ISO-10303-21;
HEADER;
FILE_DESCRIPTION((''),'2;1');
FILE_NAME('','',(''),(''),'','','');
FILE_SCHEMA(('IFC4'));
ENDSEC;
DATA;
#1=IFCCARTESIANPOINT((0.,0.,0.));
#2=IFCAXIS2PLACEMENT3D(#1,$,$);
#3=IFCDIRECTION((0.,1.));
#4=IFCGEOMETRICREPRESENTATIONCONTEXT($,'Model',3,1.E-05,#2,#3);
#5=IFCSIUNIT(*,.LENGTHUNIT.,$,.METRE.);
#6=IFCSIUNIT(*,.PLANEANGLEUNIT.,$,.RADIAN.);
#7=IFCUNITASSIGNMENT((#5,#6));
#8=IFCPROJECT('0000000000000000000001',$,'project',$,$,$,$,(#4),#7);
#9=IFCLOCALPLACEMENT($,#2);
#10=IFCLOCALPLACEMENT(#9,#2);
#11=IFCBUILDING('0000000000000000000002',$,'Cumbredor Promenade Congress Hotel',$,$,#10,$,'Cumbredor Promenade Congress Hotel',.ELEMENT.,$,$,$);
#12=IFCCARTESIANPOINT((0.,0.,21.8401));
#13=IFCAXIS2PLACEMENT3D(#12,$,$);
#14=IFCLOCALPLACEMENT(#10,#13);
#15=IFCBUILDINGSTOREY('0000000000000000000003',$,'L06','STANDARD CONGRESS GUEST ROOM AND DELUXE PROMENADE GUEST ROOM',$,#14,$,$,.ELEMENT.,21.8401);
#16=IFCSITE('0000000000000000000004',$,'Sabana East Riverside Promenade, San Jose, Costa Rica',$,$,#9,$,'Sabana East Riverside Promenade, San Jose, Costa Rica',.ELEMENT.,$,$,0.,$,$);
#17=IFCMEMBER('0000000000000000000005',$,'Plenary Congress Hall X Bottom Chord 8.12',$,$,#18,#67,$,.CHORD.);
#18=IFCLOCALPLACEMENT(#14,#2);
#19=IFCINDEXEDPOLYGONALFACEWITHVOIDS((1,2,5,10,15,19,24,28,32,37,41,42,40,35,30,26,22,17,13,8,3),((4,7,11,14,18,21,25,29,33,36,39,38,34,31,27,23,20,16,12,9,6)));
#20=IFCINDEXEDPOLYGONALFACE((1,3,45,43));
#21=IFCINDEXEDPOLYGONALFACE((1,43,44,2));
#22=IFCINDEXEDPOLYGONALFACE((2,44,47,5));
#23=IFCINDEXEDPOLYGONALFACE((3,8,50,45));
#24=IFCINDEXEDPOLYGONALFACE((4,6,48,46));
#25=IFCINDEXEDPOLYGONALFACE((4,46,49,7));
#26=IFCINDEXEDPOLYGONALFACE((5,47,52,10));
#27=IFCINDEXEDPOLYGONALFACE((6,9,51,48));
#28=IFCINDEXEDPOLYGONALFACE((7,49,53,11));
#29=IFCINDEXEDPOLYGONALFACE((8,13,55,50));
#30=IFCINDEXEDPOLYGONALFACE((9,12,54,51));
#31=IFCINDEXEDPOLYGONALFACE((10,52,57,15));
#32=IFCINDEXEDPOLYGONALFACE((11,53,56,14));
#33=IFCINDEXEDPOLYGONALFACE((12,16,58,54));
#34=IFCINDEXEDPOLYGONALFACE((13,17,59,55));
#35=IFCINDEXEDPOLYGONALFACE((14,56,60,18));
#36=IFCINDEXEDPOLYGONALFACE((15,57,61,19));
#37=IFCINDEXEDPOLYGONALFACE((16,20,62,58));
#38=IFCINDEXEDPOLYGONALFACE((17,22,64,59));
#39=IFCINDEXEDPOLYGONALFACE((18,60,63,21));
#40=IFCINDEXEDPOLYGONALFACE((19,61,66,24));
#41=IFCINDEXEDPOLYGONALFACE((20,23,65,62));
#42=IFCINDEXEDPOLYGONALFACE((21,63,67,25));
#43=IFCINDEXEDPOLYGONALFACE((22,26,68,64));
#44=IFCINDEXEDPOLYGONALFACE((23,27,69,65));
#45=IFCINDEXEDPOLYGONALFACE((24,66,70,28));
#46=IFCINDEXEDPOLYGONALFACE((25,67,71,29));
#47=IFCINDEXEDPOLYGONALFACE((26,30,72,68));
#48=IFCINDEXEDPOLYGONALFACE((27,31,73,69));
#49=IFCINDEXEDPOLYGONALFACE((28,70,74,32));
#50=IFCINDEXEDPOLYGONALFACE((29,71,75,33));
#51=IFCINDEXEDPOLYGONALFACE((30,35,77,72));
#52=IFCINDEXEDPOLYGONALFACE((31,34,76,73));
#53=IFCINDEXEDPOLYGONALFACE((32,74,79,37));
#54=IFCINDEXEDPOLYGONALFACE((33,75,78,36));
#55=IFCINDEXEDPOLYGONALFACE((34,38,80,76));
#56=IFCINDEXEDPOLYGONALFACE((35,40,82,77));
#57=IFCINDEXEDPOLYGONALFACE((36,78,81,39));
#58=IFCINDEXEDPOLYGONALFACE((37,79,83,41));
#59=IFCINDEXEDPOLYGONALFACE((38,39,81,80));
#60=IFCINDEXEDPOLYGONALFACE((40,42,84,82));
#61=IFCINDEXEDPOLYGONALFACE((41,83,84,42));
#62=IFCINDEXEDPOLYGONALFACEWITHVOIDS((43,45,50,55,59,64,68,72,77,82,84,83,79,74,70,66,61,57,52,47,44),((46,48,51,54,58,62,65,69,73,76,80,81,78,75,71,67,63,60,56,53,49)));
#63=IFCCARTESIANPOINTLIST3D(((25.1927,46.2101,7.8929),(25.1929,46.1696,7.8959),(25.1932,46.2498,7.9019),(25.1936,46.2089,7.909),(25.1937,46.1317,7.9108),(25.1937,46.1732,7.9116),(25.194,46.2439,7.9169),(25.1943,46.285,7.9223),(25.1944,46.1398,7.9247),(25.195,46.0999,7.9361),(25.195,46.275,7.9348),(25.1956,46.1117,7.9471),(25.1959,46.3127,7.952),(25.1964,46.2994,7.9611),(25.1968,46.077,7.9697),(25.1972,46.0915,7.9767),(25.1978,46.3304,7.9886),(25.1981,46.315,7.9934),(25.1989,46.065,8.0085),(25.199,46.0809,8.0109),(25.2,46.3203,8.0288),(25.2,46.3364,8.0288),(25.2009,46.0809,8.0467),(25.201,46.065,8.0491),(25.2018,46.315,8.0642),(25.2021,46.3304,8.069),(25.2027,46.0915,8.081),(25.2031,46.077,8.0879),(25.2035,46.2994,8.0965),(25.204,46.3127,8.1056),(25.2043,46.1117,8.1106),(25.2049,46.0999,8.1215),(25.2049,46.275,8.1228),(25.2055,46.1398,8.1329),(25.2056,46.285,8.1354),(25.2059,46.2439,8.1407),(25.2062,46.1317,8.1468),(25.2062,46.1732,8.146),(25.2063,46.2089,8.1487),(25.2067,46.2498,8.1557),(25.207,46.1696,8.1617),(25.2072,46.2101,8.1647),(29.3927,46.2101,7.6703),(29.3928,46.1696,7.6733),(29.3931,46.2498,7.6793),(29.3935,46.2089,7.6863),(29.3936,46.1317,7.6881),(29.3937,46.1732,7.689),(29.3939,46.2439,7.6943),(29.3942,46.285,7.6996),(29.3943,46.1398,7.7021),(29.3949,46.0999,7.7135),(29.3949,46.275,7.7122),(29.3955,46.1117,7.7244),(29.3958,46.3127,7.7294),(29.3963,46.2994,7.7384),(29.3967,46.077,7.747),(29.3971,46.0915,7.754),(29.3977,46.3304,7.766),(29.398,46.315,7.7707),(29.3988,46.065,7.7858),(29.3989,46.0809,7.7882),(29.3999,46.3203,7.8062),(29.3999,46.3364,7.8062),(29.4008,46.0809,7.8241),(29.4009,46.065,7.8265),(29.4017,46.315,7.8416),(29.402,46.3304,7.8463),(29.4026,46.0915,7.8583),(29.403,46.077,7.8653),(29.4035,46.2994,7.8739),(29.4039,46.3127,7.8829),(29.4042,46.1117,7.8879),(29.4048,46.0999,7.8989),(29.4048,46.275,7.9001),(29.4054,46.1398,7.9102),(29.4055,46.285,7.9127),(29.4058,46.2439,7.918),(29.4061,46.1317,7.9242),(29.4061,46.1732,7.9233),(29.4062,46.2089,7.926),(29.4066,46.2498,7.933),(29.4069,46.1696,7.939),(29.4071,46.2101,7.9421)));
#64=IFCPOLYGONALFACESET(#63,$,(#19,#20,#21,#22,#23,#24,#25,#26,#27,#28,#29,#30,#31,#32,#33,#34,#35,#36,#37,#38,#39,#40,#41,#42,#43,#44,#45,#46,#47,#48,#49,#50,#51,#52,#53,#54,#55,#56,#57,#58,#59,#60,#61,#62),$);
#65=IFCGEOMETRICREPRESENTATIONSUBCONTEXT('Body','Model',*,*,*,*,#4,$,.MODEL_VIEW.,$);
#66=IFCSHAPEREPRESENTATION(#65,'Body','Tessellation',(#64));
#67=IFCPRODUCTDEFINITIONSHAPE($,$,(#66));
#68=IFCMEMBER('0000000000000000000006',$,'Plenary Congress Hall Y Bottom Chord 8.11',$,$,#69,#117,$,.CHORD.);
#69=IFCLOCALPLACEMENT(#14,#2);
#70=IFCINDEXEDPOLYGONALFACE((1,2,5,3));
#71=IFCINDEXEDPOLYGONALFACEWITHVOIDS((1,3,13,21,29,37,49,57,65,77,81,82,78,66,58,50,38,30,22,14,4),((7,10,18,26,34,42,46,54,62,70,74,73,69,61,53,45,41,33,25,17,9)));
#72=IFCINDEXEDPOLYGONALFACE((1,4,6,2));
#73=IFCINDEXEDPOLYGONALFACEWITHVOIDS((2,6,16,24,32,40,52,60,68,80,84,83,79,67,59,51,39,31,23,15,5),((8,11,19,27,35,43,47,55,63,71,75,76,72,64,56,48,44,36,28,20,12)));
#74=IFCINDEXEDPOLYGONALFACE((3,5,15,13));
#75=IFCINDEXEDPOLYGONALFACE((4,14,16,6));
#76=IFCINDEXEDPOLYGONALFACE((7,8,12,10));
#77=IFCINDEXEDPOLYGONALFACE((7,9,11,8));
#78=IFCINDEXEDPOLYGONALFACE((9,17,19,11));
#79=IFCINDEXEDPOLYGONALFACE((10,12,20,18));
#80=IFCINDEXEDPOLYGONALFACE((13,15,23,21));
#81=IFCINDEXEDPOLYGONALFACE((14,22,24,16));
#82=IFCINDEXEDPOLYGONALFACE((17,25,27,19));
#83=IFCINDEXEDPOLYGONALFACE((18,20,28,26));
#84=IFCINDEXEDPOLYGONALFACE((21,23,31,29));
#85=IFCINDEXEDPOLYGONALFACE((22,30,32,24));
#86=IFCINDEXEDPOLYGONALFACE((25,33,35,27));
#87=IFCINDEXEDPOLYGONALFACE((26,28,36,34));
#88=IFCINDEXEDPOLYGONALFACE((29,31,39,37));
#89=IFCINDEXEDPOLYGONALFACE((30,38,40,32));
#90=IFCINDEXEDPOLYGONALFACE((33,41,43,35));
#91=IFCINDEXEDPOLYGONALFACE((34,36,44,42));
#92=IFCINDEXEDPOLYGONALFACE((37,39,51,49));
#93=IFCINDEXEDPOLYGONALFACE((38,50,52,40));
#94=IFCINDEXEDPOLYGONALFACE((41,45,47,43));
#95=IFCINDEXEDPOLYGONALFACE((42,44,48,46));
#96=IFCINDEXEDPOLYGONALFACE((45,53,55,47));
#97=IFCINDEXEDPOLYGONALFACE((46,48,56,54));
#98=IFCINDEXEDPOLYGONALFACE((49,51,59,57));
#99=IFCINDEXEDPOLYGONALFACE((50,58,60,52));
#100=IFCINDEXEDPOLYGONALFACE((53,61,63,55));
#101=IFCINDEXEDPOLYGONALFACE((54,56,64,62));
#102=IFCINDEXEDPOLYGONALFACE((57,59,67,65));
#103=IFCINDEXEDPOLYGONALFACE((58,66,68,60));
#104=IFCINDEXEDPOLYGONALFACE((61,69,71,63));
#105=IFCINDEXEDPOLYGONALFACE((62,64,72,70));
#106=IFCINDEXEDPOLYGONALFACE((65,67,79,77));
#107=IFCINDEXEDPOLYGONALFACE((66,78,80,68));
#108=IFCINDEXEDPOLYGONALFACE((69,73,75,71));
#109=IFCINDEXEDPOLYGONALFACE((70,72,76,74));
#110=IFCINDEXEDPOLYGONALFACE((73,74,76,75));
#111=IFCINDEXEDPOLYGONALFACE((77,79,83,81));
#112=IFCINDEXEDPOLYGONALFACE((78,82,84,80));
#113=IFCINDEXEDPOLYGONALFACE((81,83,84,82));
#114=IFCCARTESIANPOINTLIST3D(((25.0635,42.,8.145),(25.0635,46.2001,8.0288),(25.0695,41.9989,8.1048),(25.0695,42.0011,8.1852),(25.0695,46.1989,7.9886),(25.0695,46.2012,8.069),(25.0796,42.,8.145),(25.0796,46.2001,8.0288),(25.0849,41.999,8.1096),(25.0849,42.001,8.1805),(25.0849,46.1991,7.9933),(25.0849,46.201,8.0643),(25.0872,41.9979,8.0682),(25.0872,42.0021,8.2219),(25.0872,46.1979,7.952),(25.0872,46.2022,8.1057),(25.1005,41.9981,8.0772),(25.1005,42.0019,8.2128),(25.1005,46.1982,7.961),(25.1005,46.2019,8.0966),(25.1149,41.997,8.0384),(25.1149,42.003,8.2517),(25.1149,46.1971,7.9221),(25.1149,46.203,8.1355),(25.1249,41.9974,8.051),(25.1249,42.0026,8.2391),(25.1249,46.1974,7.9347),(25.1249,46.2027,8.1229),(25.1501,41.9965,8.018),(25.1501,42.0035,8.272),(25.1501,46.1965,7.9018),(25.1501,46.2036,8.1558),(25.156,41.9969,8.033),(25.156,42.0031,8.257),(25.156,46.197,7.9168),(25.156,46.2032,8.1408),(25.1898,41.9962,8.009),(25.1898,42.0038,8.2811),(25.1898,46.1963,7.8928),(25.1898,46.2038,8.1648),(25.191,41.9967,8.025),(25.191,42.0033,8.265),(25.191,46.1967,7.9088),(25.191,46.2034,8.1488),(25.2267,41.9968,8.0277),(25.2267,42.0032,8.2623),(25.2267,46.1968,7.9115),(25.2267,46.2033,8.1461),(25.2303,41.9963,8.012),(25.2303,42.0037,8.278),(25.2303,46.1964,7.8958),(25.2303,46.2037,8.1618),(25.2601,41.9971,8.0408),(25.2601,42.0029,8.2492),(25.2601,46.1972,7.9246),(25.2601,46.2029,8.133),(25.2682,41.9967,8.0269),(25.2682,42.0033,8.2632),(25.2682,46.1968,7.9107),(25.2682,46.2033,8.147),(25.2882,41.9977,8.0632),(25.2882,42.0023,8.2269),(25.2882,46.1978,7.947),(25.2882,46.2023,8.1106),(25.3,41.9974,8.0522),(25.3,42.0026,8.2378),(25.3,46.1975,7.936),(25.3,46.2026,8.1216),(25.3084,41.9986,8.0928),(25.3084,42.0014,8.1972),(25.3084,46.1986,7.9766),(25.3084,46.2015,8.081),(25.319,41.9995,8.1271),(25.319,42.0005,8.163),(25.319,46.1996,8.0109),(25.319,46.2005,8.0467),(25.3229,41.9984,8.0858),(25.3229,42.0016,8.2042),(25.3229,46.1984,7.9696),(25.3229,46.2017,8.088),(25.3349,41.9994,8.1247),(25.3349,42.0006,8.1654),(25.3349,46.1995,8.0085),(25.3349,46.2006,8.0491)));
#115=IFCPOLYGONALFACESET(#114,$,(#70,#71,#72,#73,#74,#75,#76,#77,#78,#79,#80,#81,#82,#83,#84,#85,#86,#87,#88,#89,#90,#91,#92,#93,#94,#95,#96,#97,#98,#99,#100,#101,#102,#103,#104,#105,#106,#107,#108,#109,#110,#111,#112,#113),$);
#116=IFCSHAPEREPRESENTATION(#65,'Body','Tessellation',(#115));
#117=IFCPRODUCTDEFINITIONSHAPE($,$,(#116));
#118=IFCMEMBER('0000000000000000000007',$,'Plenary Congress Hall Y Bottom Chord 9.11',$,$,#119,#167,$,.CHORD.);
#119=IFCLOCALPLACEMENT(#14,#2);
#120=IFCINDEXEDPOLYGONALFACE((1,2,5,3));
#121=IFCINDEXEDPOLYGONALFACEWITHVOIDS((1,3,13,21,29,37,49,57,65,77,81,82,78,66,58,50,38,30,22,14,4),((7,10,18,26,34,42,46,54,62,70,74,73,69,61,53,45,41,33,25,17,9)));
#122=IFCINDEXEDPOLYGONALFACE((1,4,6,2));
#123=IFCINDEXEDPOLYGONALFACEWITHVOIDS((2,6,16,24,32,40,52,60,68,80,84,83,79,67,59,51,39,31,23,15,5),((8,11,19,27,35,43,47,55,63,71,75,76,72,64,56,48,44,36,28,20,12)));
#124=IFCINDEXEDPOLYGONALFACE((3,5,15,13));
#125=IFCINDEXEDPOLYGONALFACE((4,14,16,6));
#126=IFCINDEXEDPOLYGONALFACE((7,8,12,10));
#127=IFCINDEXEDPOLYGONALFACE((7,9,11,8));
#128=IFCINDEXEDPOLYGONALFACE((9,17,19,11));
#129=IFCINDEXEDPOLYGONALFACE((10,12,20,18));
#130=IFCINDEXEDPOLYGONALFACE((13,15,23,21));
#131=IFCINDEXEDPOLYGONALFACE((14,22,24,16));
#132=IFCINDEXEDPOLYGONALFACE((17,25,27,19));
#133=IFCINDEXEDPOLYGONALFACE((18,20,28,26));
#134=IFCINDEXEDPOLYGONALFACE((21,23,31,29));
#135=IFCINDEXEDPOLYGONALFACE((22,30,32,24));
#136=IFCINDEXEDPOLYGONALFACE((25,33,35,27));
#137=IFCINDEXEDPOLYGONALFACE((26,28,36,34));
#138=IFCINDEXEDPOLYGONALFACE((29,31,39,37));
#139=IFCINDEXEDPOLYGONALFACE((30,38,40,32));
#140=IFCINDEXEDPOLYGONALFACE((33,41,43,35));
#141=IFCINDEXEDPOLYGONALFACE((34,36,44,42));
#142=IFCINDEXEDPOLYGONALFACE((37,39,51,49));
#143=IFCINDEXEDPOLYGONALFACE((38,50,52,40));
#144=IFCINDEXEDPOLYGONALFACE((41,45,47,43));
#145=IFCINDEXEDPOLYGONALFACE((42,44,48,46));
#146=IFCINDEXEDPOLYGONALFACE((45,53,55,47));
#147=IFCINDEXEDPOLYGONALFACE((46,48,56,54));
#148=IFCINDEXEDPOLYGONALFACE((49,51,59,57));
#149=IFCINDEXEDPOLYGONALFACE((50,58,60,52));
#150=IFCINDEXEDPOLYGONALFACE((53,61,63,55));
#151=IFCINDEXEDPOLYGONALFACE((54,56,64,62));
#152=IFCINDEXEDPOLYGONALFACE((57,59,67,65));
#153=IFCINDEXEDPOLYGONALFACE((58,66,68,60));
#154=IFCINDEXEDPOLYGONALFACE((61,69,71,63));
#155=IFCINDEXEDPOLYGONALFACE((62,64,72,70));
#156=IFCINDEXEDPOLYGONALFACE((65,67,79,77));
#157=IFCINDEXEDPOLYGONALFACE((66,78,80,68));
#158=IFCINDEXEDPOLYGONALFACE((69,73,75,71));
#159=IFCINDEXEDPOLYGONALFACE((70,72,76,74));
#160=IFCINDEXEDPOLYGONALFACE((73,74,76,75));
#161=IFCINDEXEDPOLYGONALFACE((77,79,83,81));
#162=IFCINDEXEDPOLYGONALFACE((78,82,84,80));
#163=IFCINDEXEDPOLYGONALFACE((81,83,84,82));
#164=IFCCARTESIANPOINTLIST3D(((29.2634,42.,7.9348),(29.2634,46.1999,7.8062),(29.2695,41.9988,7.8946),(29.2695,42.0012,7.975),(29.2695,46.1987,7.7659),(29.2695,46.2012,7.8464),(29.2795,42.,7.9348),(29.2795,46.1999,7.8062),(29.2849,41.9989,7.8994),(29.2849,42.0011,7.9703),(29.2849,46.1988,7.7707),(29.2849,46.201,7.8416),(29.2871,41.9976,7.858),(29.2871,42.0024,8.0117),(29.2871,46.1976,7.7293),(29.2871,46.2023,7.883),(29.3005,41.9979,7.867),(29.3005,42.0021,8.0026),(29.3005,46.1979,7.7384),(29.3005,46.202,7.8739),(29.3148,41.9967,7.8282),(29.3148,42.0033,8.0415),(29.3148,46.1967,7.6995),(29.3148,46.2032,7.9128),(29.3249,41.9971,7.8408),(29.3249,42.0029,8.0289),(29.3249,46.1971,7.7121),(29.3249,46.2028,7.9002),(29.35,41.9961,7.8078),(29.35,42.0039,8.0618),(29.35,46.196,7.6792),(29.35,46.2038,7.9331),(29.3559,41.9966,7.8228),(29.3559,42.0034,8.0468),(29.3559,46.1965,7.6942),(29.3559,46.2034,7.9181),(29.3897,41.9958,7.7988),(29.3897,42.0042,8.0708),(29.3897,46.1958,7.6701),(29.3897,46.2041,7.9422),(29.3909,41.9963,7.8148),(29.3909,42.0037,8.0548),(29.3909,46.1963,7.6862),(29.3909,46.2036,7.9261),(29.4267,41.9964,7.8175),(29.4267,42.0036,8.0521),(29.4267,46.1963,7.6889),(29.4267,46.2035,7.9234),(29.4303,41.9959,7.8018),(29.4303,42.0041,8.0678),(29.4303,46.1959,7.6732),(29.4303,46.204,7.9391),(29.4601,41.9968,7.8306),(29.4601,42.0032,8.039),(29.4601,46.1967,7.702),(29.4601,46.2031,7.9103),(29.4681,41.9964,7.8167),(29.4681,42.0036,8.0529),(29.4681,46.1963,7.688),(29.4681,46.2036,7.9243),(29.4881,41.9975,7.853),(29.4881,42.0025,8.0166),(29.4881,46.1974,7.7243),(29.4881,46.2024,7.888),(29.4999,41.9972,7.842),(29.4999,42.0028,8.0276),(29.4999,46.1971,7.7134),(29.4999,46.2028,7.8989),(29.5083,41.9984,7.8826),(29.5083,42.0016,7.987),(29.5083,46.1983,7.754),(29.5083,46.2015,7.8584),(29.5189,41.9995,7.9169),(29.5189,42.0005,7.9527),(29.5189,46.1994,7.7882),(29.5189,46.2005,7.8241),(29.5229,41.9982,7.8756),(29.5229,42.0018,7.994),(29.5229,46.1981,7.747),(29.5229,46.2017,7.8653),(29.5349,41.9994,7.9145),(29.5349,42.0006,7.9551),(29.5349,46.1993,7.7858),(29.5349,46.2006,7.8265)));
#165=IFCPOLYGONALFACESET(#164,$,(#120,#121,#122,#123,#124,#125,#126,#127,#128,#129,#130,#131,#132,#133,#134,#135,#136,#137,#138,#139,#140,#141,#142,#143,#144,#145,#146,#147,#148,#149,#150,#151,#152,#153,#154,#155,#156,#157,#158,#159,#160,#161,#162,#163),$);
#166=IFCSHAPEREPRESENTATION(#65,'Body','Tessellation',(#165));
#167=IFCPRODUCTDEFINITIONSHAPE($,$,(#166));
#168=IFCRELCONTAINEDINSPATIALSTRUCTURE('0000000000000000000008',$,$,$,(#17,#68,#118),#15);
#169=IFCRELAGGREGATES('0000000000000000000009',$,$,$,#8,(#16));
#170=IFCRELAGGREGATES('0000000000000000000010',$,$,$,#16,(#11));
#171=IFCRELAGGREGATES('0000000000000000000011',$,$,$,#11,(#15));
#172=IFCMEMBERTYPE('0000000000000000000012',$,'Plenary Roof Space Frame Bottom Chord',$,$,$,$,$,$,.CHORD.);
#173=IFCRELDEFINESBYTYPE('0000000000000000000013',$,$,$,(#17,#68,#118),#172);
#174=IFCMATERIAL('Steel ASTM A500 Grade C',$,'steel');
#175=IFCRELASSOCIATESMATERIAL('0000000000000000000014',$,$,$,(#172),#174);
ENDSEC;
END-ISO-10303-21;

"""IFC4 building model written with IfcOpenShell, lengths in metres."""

from ifc_helpers import new_model, si_unit, direction, frame, origin, origin_2d, place, context, subcontext, project, spatial, hollow_circle, extrude, material, material_profile, profile_set, type_object, element, save


model = new_model("IFC4")

# Units and contexts
model_context = context("Model", 3, precision=1e-05, world=origin(), true_north=direction((0.0, 1.0)))
body_context = subcontext(model_context, "Body", "Model", "MODEL_VIEW")
ifc_project = project(units=[si_unit("LENGTHUNIT", "METRE"), si_unit("PLANEANGLEUNIT", "RADIAN")], contexts=[model_context])

# Site, building, storey
site_placement = place(None, origin())
site = spatial("IfcSite", under=ifc_project, at=site_placement, Name="Sabana East Riverside Promenade, San Jose, Costa Rica", LongName="Sabana East Riverside Promenade, San Jose, Costa Rica", CompositionType="ELEMENT", RefElevation=0.0)
building_placement = place(site_placement, origin())
building = spatial("IfcBuilding", under=site, at=building_placement, Name="Cumbredor Promenade Congress Hotel", LongName="Cumbredor Promenade Congress Hotel", CompositionType="ELEMENT")
storey_placement = place(building_placement, frame((0.0, 0.0, 21.8401)))
storey = spatial("IfcBuildingStorey", under=building, at=storey_placement, Name="L06", Description="STANDARD CONGRESS GUEST ROOM AND DELUXE PROMENADE GUEST ROOM", CompositionType="ELEMENT", Elevation=21.8401)

# Members
ifc_material_1 = material(Name="Steel ASTM A500 Grade C", Category="steel")
ifc_material_profile_1 = material_profile(ifc_material_1, hollow_circle(Radius=0.1365, WallThickness=0.0161, at=origin_2d()), Name="CHS 273.0x16")
ifc_profile_set_1 = profile_set([ifc_material_profile_1], Name="Steel ASTM A500 Grade C")
member_type_1 = type_object("IfcMemberType", Name="Plenary Roof Space Frame Bottom Chord", PredefinedType="CHORD", material=ifc_profile_set_1)
member_1_placement = place(storey_placement, frame((25.2, 46.2, 8.0288), z_axis=(0.998598, 0.0, -0.05294), x_axis=(0.0, 1.0, 0.0)))
element("IfcMember", 1, at=member_1_placement, inside=storey, type_object=member_type_1, Name="Plenary Congress Hall X Bottom Chord 8.12", PredefinedType="CHORD", context=body_context, shape_type="SweptSolid", body=[
    extrude(hollow_circle(Radius=0.1365, WallThickness=0.0161, at=origin_2d()), origin(), (0.0, 0.0, 1.0), 4.2058),
])
member_2_placement = place(storey_placement, frame((25.2, 42.0, 8.145), z_axis=(0.0, 0.999617, -0.027659), x_axis=(-1.0, 0.0, 0.0)))
element("IfcMember", 2, at=member_2_placement, inside=storey, type_object=member_type_1, Name="Plenary Congress Hall Y Bottom Chord 8.11", PredefinedType="CHORD", context=body_context, shape_type="SweptSolid", body=[
    extrude(hollow_circle(Radius=0.1365, WallThickness=0.0161, at=origin_2d()), origin(), (0.0, 0.0, 1.0), 4.2017),
])
member_3_placement = place(storey_placement, frame((29.3999, 42.0, 7.9348), z_axis=(0.0, 0.999531, -0.03062), x_axis=(-1.0, 0.0, 0.0)))
element("IfcMember", 3, at=member_3_placement, inside=storey, type_object=member_type_1, Name="Plenary Congress Hall Y Bottom Chord 9.11", PredefinedType="CHORD", context=body_context, shape_type="SweptSolid", body=[
    extrude(hollow_circle(Radius=0.1365, WallThickness=0.0161, at=origin_2d()), origin(), (0.0, 0.0, 1.0), 4.2019),
])

save(model, "model.ifc")
